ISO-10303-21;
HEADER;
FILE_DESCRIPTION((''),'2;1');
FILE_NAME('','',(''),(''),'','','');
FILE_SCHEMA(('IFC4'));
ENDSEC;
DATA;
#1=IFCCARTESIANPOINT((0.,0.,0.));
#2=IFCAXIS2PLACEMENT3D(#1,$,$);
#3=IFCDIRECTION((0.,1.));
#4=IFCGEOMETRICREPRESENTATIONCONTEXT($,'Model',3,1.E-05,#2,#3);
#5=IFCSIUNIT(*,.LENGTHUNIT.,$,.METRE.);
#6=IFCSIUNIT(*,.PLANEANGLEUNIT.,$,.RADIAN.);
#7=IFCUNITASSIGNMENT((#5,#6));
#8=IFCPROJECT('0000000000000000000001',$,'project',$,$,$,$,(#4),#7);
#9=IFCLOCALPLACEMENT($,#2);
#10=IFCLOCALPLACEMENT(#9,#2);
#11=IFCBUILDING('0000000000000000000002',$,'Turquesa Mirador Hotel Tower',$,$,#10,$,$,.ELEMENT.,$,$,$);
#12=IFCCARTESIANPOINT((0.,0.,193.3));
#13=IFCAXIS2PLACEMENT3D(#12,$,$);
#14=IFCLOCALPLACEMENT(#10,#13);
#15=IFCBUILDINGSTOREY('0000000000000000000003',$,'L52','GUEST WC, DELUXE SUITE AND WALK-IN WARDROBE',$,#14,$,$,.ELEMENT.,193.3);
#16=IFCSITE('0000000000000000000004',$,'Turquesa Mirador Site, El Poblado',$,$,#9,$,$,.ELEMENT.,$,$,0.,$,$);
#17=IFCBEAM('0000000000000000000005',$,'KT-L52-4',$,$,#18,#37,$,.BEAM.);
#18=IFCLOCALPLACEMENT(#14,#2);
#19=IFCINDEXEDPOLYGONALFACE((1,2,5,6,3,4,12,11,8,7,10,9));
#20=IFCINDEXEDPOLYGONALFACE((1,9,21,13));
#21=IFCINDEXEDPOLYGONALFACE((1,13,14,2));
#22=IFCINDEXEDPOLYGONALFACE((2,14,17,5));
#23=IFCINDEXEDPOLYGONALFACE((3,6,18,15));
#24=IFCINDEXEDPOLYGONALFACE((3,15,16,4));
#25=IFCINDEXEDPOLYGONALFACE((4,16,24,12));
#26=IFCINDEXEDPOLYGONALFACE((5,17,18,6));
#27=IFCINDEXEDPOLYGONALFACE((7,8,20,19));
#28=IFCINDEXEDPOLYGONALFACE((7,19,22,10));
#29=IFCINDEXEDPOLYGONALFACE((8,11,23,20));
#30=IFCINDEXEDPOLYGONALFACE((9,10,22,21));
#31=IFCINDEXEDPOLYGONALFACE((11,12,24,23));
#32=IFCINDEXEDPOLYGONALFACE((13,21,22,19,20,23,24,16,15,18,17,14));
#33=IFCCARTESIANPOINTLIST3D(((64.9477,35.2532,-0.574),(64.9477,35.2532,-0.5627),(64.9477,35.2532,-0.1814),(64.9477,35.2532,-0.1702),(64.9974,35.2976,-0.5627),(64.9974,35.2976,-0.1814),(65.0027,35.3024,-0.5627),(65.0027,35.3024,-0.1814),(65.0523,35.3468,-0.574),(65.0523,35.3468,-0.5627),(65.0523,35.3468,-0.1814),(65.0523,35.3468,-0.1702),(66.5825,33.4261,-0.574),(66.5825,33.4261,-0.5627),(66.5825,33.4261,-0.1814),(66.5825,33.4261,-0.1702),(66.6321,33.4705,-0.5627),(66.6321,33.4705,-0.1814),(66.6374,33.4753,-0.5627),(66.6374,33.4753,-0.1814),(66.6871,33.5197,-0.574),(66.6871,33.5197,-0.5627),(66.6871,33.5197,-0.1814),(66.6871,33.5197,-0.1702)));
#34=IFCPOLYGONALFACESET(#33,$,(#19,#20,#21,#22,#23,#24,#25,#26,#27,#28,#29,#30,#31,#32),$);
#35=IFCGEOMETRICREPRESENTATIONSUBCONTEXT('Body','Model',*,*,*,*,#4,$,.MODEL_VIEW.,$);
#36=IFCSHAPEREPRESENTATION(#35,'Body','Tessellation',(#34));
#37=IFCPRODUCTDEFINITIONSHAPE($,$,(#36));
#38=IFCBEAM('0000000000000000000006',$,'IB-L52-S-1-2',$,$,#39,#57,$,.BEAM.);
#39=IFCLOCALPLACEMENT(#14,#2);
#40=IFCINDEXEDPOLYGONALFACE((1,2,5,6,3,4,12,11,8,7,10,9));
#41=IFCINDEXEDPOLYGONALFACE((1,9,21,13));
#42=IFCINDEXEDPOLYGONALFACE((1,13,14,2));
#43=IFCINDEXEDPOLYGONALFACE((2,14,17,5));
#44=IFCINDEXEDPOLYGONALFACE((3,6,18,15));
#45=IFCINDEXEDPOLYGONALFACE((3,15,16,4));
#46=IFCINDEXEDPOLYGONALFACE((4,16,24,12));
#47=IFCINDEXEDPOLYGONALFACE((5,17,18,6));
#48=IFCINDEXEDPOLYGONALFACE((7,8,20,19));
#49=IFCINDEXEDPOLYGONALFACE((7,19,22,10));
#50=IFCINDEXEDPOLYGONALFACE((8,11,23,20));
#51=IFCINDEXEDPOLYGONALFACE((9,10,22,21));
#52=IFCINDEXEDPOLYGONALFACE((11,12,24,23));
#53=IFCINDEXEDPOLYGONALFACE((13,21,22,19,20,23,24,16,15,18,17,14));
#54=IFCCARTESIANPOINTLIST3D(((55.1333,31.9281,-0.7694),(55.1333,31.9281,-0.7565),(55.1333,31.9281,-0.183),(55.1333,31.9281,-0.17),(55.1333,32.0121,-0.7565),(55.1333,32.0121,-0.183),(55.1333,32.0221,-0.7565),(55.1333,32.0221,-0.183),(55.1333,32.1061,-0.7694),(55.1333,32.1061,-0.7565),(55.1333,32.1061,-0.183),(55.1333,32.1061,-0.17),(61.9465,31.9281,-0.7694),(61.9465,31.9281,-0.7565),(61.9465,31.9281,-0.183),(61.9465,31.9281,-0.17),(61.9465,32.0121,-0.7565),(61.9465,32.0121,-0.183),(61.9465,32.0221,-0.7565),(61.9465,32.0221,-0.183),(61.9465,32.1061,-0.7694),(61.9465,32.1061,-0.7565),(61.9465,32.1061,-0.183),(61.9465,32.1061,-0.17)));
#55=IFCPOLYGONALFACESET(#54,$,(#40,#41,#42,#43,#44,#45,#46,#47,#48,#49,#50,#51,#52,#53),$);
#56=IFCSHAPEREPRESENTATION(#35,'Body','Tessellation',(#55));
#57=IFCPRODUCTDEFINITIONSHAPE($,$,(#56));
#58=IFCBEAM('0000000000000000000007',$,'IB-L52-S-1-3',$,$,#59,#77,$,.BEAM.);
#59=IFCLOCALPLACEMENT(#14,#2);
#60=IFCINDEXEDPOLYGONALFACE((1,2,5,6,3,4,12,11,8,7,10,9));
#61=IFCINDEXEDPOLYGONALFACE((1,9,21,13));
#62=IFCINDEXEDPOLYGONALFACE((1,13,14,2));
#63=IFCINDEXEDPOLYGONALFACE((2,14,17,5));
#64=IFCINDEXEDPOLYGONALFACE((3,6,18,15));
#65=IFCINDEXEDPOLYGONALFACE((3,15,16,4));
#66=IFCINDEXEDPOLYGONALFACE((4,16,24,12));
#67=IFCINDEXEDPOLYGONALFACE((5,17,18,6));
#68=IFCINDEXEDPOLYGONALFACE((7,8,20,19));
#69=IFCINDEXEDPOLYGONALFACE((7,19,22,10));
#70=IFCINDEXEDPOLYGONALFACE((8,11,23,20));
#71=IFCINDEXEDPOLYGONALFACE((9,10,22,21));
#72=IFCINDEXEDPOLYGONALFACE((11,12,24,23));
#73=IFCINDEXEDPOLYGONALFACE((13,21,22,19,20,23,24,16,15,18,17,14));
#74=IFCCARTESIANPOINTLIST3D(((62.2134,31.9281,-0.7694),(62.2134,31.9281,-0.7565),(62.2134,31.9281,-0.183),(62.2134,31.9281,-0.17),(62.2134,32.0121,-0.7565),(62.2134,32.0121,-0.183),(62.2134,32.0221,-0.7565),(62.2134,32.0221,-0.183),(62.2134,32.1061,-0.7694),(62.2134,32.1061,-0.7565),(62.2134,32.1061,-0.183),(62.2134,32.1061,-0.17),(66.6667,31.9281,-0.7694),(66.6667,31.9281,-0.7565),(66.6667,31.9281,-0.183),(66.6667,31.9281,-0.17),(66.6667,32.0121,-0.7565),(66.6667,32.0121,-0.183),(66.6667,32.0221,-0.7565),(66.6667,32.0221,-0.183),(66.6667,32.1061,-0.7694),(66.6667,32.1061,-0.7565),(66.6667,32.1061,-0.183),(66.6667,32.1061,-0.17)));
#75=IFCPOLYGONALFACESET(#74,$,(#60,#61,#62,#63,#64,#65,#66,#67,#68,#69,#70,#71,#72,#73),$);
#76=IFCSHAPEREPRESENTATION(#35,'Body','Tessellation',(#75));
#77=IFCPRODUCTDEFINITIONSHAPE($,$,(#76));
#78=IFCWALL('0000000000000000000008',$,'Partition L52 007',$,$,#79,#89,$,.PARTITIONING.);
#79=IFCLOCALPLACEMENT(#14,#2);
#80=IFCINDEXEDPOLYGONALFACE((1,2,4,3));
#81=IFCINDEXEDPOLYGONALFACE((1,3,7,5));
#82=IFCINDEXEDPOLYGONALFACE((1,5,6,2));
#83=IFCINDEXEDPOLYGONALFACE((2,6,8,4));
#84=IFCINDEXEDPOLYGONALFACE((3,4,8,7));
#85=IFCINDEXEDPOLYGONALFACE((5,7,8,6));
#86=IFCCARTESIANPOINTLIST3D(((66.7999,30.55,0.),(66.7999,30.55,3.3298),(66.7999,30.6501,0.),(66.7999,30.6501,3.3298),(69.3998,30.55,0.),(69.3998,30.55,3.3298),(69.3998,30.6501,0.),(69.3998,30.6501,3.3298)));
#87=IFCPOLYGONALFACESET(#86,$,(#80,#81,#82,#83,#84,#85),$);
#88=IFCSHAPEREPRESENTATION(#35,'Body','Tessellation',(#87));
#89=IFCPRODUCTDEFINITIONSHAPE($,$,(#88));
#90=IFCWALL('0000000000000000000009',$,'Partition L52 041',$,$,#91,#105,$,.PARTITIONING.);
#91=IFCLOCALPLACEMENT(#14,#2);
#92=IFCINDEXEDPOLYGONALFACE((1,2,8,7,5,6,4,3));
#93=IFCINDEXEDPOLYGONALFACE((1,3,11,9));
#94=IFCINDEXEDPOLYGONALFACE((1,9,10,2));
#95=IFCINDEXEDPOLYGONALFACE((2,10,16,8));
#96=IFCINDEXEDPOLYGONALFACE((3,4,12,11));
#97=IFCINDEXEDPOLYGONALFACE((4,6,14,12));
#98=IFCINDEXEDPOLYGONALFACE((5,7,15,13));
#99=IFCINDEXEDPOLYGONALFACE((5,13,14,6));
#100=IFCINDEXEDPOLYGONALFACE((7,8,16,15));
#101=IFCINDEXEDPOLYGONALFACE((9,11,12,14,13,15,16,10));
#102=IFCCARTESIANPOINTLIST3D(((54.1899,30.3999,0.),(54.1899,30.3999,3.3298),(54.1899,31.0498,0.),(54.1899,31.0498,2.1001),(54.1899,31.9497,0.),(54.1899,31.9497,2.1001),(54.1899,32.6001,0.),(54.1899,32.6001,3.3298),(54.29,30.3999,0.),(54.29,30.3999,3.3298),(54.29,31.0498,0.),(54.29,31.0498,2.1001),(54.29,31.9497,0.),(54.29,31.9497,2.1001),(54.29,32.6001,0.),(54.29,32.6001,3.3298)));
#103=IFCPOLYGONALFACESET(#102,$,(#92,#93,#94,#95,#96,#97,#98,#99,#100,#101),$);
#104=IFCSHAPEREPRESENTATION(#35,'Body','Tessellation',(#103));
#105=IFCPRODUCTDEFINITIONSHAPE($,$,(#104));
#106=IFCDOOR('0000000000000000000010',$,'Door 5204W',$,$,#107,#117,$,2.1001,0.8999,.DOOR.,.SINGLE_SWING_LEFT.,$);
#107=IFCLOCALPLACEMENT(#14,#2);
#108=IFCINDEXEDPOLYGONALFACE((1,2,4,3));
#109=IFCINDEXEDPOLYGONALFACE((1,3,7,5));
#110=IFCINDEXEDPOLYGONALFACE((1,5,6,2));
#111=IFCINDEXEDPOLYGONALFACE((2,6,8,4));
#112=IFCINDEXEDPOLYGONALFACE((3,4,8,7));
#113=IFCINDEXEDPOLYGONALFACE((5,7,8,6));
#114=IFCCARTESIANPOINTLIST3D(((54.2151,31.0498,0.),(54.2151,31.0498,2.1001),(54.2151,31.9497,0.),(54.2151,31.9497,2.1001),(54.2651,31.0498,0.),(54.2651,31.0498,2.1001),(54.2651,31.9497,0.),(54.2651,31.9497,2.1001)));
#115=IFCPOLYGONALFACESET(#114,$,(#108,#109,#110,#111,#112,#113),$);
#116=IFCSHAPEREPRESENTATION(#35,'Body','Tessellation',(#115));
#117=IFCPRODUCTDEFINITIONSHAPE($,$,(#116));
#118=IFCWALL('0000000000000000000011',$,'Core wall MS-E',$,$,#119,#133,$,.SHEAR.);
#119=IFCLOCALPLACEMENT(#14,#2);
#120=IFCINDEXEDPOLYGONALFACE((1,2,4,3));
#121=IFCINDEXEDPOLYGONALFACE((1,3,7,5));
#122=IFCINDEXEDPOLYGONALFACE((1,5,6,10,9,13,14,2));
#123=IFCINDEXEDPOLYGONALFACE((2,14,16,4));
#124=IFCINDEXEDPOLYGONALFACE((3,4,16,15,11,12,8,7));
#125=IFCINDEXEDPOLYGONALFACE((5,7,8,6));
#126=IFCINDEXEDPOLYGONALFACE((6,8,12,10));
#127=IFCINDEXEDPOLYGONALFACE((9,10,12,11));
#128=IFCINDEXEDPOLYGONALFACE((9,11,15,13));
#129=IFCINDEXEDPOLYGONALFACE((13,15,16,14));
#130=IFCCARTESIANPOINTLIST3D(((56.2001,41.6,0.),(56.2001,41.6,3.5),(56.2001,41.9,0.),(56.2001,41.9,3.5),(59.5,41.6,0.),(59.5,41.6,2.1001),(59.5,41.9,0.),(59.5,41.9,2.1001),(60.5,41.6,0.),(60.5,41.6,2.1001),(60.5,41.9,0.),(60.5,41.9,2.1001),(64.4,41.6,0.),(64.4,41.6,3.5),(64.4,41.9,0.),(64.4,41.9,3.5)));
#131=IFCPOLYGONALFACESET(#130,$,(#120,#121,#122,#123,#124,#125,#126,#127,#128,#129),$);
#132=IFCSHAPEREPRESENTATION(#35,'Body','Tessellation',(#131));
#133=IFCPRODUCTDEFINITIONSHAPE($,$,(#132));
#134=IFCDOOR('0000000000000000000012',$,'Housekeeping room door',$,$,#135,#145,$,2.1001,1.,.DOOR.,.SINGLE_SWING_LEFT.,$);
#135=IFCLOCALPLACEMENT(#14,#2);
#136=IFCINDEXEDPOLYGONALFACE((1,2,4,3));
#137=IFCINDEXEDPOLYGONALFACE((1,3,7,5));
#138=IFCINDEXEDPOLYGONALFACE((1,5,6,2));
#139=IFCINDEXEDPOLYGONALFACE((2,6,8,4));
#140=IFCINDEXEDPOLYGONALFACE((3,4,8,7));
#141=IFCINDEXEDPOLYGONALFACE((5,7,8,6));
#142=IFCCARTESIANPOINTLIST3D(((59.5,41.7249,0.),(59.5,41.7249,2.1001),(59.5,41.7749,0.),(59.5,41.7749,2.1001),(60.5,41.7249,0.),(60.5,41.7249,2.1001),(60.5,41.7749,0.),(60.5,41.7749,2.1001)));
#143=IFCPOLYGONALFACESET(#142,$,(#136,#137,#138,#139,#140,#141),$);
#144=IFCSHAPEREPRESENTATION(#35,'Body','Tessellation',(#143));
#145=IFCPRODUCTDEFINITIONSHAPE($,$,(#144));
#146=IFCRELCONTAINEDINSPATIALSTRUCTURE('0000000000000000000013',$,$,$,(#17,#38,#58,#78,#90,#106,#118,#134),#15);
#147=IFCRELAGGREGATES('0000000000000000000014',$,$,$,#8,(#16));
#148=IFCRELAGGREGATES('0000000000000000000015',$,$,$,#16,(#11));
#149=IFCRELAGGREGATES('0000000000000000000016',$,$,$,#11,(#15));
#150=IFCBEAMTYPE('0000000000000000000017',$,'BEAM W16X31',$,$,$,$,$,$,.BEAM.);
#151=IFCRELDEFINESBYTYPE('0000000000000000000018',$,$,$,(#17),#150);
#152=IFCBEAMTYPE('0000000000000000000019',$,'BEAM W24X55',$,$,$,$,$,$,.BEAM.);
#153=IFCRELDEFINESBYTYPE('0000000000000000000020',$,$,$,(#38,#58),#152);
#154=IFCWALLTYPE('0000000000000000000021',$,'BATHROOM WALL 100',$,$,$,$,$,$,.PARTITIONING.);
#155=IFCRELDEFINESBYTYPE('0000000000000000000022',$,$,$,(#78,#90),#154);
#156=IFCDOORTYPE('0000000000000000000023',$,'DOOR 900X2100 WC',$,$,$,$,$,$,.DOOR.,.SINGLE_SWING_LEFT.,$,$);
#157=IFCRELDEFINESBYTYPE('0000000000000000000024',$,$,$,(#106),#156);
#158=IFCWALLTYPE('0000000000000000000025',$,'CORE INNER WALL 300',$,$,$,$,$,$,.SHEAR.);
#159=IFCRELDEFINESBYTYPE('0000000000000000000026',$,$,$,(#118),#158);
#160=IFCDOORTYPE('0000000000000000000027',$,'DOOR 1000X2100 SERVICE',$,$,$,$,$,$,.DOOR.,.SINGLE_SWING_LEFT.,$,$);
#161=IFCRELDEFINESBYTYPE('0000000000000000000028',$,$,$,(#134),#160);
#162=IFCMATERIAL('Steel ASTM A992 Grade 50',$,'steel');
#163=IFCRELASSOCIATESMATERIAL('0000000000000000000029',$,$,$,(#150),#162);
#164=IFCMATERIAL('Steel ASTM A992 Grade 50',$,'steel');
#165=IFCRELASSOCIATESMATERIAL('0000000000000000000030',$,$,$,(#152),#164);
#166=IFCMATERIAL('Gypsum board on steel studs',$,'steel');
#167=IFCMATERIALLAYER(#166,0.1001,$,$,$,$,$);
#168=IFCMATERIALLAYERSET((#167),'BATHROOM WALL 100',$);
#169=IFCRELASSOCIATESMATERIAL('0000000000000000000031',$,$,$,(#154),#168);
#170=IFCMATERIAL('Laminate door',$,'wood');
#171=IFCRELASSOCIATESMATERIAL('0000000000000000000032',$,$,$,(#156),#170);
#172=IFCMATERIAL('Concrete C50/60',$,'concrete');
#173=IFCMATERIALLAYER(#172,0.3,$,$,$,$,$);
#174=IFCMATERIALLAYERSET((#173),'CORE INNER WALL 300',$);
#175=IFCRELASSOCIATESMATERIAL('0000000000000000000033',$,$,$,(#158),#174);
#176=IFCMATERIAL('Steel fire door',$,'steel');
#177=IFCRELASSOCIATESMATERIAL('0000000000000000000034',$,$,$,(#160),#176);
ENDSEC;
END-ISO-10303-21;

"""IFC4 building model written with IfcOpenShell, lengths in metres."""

from ifc_helpers import new_model, si_unit, direction, frame, frame_2d, origin, origin_2d, place, context, subcontext, project, spatial, rectangle, i_section, extrude, material, layer, layer_set, material_profile, profile_set, type_object, element, fill, save


model = new_model("IFC4")

# Units and contexts
model_context = context("Model", 3, precision=1e-05, world=origin(), true_north=direction((0.0, 1.0)))
body_context = subcontext(model_context, "Body", "Model", "MODEL_VIEW")
ifc_project = project(units=[si_unit("LENGTHUNIT", "METRE"), si_unit("PLANEANGLEUNIT", "RADIAN")], contexts=[model_context])

# Site, building, storey
site_placement = place(None, origin())
site = spatial("IfcSite", under=ifc_project, at=site_placement, Name="Turquesa Mirador Site, El Poblado", CompositionType="ELEMENT", RefElevation=0.0)
building_placement = place(site_placement, origin())
building = spatial("IfcBuilding", under=site, at=building_placement, Name="Turquesa Mirador Hotel Tower", CompositionType="ELEMENT")
storey_placement = place(building_placement, frame((0.0, 0.0, 193.3)))
storey = spatial("IfcBuildingStorey", under=building, at=storey_placement, Name="L52", Description="GUEST WC, DELUXE SUITE AND WALK-IN WARDROBE", CompositionType="ELEMENT", Elevation=193.3)

# Beams
ifc_material_1 = material(Name="Steel ASTM A992 Grade 50", Category="steel")
ifc_material_profile_1 = material_profile(ifc_material_1, i_section(OverallWidth=0.1404, OverallDepth=0.4038, WebThickness=0.0071, FlangeThickness=0.0112, at=origin_2d()), Name="W16X31")
ifc_profile_set_1 = profile_set([ifc_material_profile_1], Name="Steel ASTM A992 Grade 50")
beam_type_1 = type_object("IfcBeamType", Name="BEAM W16X31", PredefinedType="BEAM", material=ifc_profile_set_1)
beam_1_placement = place(storey_placement, frame((66.6348, 33.4729, -0.3721), z_axis=(-0.666783, 0.745252, 0.0), x_axis=(-0.745252, -0.666783, 0.0)))
element("IfcBeam", 1, at=beam_1_placement, inside=storey, type_object=beam_type_1, Name="KT-L52-4", PredefinedType="BEAM", context=body_context, shape_type="SweptSolid", body=[
    extrude(i_section(OverallWidth=0.1404, OverallDepth=0.4038, WebThickness=0.0071, FlangeThickness=0.0112, at=origin_2d()), origin(), (0.0, 0.0, 1.0), 2.4517),
])
ifc_material_2 = material(Name="Steel ASTM A992 Grade 50", Category="steel")
ifc_material_profile_2 = material_profile(ifc_material_2, i_section(OverallWidth=0.178, OverallDepth=0.5994, WebThickness=0.01, FlangeThickness=0.0129, at=origin_2d()), Name="W24X55")
ifc_profile_set_2 = profile_set([ifc_material_profile_2], Name="Steel ASTM A992 Grade 50")
beam_type_2 = type_object("IfcBeamType", Name="BEAM W24X55", PredefinedType="BEAM", material=ifc_profile_set_2)
beam_2_placement = place(storey_placement, frame((55.1333, 32.0171, -0.4697), z_axis=(1.0, 0.0, 0.0), x_axis=(0.0, 1.0, 0.0)))
element("IfcBeam", 2, at=beam_2_placement, inside=storey, type_object=beam_type_2, Name="IB-L52-S-1-2", PredefinedType="BEAM", context=body_context, shape_type="SweptSolid", body=[
    extrude(i_section(OverallWidth=0.178, OverallDepth=0.5994, WebThickness=0.01, FlangeThickness=0.0129, at=origin_2d()), origin(), (0.0, 0.0, 1.0), 6.8132),
])
beam_3_placement = place(storey_placement, frame((62.2134, 32.0171, -0.4697), z_axis=(1.0, 0.0, 0.0), x_axis=(0.0, 1.0, 0.0)))
element("IfcBeam", 3, at=beam_3_placement, inside=storey, type_object=beam_type_2, Name="IB-L52-S-1-3", PredefinedType="BEAM", context=body_context, shape_type="SweptSolid", body=[
    extrude(i_section(OverallWidth=0.178, OverallDepth=0.5994, WebThickness=0.01, FlangeThickness=0.0129, at=origin_2d()), origin(), (0.0, 0.0, 1.0), 4.4534),
])

# Wall
ifc_material_3 = material(Name="Gypsum board on steel studs", Category="steel")
ifc_layer_1 = layer(ifc_material_3, 0.1001)
ifc_layer_set_1 = layer_set([ifc_layer_1], Name="BATHROOM WALL 100")
wall_type_1 = type_object("IfcWallType", Name="BATHROOM WALL 100", PredefinedType="PARTITIONING", material=ifc_layer_set_1)
wall_1_placement = place(storey_placement, frame((66.8, 30.6001, 0.0), z_axis=(0.0, 0.0, 1.0), x_axis=(1.0, 0.0, 0.0)))
element("IfcWall", 4, at=wall_1_placement, inside=storey, type_object=wall_type_1, Name="Partition L52 007", PredefinedType="PARTITIONING", context=body_context, shape_type="SweptSolid", body=[
    extrude(rectangle(XDim=2.5999, YDim=0.1001, at=frame_2d((1.2998, 0.0))), origin(), (0.0, 0.0, 1.0), 3.3298),
])

# Walls, openings, doors
wall_2_placement = place(storey_placement, frame((54.24, 30.3999, 0.0), z_axis=(0.0, 0.0, 1.0), x_axis=(0.0, 1.0, 0.0)))
wall_2 = element("IfcWall", 5, at=wall_2_placement, inside=storey, type_object=wall_type_1, Name="Partition L52 041", PredefinedType="PARTITIONING", context=body_context, shape_type="SweptSolid", body=[
    extrude(rectangle(XDim=2.2002, YDim=0.1001, at=frame_2d((1.1001, 0.0))), origin(), (0.0, 0.0, 1.0), 3.3298),
])
opening_1_placement = place(wall_2_placement, frame((0.6499, 0.0, 0.0)))
opening_1 = element("IfcOpeningElement", 6, at=opening_1_placement, cuts=wall_2, PredefinedType="OPENING", context=body_context, shape_type="SweptSolid", body=[
    extrude(rectangle(XDim=0.8999, YDim=2.1001, at=frame_2d((0.45, 1.05))), frame((0.0, 0.0601, 0.0), z_axis=(0.0, -1.0, 0.0), x_axis=(1.0, 0.0, 0.0)), (0.0, 0.0, 1.0), 0.1201),
])
ifc_material_4 = material(Name="Laminate door", Category="wood")
door_type_1 = type_object("IfcDoorType", Name="DOOR 900X2100 WC", OperationType="SINGLE_SWING_LEFT", PredefinedType="DOOR", material=ifc_material_4)
door_1_placement = place(opening_1_placement, origin())
door_1 = element("IfcDoor", 7, at=door_1_placement, inside=storey, type_object=door_type_1, Name="Door 5204W", OperationType="SINGLE_SWING_LEFT", OverallHeight=2.1001, OverallWidth=0.8999, PredefinedType="DOOR", context=body_context, shape_type="SweptSolid", body=[
    extrude(rectangle(XDim=0.8999, YDim=2.1001, at=frame_2d((0.45, 1.05))), frame((0.0, 0.0249, 0.0), z_axis=(0.0, -1.0, 0.0), x_axis=(1.0, 0.0, 0.0)), (0.0, 0.0, 1.0), 0.05),
])
fill(opening_1, door_1)
ifc_material_5 = material(Name="Concrete C50/60", Category="concrete")
ifc_layer_2 = layer(ifc_material_5, 0.3)
ifc_layer_set_2 = layer_set([ifc_layer_2], Name="CORE INNER WALL 300")
wall_type_2 = type_object("IfcWallType", Name="CORE INNER WALL 300", PredefinedType="SHEAR", material=ifc_layer_set_2)
wall_3_placement = place(storey_placement, frame((56.2, 41.75, 0.0), z_axis=(0.0, 0.0, 1.0), x_axis=(1.0, 0.0, 0.0)))
wall_3 = element("IfcWall", 8, at=wall_3_placement, inside=storey, type_object=wall_type_2, Name="Core wall MS-E", PredefinedType="SHEAR", context=body_context, shape_type="SweptSolid", body=[
    extrude(rectangle(XDim=8.2, YDim=0.3, at=frame_2d((4.1001, 0.0))), origin(), (0.0, 0.0, 1.0), 3.5),
])
opening_2_placement = place(wall_3_placement, frame((3.3, 0.0, 0.0)))
opening_2 = element("IfcOpeningElement", 9, at=opening_2_placement, cuts=wall_3, PredefinedType="OPENING", context=body_context, shape_type="SweptSolid", body=[
    extrude(rectangle(XDim=1.0, YDim=2.1001, at=frame_2d((0.5, 1.05))), frame((0.0, 0.1599, 0.0), z_axis=(0.0, -1.0, 0.0), x_axis=(1.0, 0.0, 0.0)), (0.0, 0.0, 1.0), 0.3201),
])
ifc_material_6 = material(Name="Steel fire door", Category="steel")
door_type_2 = type_object("IfcDoorType", Name="DOOR 1000X2100 SERVICE", OperationType="SINGLE_SWING_LEFT", PredefinedType="DOOR", material=ifc_material_6)
door_2_placement = place(opening_2_placement, origin())
door_2 = element("IfcDoor", 10, at=door_2_placement, inside=storey, type_object=door_type_2, Name="Housekeeping room door", OperationType="SINGLE_SWING_LEFT", OverallHeight=2.1001, OverallWidth=1.0, PredefinedType="DOOR", context=body_context, shape_type="SweptSolid", body=[
    extrude(rectangle(XDim=1.0, YDim=2.1001, at=frame_2d((0.5, 1.05))), frame((0.0, 0.0249, 0.0), z_axis=(0.0, -1.0, 0.0), x_axis=(1.0, 0.0, 0.0)), (0.0, 0.0, 1.0), 0.05),
])
fill(opening_2, door_2)

save(model, "model.ifc")
